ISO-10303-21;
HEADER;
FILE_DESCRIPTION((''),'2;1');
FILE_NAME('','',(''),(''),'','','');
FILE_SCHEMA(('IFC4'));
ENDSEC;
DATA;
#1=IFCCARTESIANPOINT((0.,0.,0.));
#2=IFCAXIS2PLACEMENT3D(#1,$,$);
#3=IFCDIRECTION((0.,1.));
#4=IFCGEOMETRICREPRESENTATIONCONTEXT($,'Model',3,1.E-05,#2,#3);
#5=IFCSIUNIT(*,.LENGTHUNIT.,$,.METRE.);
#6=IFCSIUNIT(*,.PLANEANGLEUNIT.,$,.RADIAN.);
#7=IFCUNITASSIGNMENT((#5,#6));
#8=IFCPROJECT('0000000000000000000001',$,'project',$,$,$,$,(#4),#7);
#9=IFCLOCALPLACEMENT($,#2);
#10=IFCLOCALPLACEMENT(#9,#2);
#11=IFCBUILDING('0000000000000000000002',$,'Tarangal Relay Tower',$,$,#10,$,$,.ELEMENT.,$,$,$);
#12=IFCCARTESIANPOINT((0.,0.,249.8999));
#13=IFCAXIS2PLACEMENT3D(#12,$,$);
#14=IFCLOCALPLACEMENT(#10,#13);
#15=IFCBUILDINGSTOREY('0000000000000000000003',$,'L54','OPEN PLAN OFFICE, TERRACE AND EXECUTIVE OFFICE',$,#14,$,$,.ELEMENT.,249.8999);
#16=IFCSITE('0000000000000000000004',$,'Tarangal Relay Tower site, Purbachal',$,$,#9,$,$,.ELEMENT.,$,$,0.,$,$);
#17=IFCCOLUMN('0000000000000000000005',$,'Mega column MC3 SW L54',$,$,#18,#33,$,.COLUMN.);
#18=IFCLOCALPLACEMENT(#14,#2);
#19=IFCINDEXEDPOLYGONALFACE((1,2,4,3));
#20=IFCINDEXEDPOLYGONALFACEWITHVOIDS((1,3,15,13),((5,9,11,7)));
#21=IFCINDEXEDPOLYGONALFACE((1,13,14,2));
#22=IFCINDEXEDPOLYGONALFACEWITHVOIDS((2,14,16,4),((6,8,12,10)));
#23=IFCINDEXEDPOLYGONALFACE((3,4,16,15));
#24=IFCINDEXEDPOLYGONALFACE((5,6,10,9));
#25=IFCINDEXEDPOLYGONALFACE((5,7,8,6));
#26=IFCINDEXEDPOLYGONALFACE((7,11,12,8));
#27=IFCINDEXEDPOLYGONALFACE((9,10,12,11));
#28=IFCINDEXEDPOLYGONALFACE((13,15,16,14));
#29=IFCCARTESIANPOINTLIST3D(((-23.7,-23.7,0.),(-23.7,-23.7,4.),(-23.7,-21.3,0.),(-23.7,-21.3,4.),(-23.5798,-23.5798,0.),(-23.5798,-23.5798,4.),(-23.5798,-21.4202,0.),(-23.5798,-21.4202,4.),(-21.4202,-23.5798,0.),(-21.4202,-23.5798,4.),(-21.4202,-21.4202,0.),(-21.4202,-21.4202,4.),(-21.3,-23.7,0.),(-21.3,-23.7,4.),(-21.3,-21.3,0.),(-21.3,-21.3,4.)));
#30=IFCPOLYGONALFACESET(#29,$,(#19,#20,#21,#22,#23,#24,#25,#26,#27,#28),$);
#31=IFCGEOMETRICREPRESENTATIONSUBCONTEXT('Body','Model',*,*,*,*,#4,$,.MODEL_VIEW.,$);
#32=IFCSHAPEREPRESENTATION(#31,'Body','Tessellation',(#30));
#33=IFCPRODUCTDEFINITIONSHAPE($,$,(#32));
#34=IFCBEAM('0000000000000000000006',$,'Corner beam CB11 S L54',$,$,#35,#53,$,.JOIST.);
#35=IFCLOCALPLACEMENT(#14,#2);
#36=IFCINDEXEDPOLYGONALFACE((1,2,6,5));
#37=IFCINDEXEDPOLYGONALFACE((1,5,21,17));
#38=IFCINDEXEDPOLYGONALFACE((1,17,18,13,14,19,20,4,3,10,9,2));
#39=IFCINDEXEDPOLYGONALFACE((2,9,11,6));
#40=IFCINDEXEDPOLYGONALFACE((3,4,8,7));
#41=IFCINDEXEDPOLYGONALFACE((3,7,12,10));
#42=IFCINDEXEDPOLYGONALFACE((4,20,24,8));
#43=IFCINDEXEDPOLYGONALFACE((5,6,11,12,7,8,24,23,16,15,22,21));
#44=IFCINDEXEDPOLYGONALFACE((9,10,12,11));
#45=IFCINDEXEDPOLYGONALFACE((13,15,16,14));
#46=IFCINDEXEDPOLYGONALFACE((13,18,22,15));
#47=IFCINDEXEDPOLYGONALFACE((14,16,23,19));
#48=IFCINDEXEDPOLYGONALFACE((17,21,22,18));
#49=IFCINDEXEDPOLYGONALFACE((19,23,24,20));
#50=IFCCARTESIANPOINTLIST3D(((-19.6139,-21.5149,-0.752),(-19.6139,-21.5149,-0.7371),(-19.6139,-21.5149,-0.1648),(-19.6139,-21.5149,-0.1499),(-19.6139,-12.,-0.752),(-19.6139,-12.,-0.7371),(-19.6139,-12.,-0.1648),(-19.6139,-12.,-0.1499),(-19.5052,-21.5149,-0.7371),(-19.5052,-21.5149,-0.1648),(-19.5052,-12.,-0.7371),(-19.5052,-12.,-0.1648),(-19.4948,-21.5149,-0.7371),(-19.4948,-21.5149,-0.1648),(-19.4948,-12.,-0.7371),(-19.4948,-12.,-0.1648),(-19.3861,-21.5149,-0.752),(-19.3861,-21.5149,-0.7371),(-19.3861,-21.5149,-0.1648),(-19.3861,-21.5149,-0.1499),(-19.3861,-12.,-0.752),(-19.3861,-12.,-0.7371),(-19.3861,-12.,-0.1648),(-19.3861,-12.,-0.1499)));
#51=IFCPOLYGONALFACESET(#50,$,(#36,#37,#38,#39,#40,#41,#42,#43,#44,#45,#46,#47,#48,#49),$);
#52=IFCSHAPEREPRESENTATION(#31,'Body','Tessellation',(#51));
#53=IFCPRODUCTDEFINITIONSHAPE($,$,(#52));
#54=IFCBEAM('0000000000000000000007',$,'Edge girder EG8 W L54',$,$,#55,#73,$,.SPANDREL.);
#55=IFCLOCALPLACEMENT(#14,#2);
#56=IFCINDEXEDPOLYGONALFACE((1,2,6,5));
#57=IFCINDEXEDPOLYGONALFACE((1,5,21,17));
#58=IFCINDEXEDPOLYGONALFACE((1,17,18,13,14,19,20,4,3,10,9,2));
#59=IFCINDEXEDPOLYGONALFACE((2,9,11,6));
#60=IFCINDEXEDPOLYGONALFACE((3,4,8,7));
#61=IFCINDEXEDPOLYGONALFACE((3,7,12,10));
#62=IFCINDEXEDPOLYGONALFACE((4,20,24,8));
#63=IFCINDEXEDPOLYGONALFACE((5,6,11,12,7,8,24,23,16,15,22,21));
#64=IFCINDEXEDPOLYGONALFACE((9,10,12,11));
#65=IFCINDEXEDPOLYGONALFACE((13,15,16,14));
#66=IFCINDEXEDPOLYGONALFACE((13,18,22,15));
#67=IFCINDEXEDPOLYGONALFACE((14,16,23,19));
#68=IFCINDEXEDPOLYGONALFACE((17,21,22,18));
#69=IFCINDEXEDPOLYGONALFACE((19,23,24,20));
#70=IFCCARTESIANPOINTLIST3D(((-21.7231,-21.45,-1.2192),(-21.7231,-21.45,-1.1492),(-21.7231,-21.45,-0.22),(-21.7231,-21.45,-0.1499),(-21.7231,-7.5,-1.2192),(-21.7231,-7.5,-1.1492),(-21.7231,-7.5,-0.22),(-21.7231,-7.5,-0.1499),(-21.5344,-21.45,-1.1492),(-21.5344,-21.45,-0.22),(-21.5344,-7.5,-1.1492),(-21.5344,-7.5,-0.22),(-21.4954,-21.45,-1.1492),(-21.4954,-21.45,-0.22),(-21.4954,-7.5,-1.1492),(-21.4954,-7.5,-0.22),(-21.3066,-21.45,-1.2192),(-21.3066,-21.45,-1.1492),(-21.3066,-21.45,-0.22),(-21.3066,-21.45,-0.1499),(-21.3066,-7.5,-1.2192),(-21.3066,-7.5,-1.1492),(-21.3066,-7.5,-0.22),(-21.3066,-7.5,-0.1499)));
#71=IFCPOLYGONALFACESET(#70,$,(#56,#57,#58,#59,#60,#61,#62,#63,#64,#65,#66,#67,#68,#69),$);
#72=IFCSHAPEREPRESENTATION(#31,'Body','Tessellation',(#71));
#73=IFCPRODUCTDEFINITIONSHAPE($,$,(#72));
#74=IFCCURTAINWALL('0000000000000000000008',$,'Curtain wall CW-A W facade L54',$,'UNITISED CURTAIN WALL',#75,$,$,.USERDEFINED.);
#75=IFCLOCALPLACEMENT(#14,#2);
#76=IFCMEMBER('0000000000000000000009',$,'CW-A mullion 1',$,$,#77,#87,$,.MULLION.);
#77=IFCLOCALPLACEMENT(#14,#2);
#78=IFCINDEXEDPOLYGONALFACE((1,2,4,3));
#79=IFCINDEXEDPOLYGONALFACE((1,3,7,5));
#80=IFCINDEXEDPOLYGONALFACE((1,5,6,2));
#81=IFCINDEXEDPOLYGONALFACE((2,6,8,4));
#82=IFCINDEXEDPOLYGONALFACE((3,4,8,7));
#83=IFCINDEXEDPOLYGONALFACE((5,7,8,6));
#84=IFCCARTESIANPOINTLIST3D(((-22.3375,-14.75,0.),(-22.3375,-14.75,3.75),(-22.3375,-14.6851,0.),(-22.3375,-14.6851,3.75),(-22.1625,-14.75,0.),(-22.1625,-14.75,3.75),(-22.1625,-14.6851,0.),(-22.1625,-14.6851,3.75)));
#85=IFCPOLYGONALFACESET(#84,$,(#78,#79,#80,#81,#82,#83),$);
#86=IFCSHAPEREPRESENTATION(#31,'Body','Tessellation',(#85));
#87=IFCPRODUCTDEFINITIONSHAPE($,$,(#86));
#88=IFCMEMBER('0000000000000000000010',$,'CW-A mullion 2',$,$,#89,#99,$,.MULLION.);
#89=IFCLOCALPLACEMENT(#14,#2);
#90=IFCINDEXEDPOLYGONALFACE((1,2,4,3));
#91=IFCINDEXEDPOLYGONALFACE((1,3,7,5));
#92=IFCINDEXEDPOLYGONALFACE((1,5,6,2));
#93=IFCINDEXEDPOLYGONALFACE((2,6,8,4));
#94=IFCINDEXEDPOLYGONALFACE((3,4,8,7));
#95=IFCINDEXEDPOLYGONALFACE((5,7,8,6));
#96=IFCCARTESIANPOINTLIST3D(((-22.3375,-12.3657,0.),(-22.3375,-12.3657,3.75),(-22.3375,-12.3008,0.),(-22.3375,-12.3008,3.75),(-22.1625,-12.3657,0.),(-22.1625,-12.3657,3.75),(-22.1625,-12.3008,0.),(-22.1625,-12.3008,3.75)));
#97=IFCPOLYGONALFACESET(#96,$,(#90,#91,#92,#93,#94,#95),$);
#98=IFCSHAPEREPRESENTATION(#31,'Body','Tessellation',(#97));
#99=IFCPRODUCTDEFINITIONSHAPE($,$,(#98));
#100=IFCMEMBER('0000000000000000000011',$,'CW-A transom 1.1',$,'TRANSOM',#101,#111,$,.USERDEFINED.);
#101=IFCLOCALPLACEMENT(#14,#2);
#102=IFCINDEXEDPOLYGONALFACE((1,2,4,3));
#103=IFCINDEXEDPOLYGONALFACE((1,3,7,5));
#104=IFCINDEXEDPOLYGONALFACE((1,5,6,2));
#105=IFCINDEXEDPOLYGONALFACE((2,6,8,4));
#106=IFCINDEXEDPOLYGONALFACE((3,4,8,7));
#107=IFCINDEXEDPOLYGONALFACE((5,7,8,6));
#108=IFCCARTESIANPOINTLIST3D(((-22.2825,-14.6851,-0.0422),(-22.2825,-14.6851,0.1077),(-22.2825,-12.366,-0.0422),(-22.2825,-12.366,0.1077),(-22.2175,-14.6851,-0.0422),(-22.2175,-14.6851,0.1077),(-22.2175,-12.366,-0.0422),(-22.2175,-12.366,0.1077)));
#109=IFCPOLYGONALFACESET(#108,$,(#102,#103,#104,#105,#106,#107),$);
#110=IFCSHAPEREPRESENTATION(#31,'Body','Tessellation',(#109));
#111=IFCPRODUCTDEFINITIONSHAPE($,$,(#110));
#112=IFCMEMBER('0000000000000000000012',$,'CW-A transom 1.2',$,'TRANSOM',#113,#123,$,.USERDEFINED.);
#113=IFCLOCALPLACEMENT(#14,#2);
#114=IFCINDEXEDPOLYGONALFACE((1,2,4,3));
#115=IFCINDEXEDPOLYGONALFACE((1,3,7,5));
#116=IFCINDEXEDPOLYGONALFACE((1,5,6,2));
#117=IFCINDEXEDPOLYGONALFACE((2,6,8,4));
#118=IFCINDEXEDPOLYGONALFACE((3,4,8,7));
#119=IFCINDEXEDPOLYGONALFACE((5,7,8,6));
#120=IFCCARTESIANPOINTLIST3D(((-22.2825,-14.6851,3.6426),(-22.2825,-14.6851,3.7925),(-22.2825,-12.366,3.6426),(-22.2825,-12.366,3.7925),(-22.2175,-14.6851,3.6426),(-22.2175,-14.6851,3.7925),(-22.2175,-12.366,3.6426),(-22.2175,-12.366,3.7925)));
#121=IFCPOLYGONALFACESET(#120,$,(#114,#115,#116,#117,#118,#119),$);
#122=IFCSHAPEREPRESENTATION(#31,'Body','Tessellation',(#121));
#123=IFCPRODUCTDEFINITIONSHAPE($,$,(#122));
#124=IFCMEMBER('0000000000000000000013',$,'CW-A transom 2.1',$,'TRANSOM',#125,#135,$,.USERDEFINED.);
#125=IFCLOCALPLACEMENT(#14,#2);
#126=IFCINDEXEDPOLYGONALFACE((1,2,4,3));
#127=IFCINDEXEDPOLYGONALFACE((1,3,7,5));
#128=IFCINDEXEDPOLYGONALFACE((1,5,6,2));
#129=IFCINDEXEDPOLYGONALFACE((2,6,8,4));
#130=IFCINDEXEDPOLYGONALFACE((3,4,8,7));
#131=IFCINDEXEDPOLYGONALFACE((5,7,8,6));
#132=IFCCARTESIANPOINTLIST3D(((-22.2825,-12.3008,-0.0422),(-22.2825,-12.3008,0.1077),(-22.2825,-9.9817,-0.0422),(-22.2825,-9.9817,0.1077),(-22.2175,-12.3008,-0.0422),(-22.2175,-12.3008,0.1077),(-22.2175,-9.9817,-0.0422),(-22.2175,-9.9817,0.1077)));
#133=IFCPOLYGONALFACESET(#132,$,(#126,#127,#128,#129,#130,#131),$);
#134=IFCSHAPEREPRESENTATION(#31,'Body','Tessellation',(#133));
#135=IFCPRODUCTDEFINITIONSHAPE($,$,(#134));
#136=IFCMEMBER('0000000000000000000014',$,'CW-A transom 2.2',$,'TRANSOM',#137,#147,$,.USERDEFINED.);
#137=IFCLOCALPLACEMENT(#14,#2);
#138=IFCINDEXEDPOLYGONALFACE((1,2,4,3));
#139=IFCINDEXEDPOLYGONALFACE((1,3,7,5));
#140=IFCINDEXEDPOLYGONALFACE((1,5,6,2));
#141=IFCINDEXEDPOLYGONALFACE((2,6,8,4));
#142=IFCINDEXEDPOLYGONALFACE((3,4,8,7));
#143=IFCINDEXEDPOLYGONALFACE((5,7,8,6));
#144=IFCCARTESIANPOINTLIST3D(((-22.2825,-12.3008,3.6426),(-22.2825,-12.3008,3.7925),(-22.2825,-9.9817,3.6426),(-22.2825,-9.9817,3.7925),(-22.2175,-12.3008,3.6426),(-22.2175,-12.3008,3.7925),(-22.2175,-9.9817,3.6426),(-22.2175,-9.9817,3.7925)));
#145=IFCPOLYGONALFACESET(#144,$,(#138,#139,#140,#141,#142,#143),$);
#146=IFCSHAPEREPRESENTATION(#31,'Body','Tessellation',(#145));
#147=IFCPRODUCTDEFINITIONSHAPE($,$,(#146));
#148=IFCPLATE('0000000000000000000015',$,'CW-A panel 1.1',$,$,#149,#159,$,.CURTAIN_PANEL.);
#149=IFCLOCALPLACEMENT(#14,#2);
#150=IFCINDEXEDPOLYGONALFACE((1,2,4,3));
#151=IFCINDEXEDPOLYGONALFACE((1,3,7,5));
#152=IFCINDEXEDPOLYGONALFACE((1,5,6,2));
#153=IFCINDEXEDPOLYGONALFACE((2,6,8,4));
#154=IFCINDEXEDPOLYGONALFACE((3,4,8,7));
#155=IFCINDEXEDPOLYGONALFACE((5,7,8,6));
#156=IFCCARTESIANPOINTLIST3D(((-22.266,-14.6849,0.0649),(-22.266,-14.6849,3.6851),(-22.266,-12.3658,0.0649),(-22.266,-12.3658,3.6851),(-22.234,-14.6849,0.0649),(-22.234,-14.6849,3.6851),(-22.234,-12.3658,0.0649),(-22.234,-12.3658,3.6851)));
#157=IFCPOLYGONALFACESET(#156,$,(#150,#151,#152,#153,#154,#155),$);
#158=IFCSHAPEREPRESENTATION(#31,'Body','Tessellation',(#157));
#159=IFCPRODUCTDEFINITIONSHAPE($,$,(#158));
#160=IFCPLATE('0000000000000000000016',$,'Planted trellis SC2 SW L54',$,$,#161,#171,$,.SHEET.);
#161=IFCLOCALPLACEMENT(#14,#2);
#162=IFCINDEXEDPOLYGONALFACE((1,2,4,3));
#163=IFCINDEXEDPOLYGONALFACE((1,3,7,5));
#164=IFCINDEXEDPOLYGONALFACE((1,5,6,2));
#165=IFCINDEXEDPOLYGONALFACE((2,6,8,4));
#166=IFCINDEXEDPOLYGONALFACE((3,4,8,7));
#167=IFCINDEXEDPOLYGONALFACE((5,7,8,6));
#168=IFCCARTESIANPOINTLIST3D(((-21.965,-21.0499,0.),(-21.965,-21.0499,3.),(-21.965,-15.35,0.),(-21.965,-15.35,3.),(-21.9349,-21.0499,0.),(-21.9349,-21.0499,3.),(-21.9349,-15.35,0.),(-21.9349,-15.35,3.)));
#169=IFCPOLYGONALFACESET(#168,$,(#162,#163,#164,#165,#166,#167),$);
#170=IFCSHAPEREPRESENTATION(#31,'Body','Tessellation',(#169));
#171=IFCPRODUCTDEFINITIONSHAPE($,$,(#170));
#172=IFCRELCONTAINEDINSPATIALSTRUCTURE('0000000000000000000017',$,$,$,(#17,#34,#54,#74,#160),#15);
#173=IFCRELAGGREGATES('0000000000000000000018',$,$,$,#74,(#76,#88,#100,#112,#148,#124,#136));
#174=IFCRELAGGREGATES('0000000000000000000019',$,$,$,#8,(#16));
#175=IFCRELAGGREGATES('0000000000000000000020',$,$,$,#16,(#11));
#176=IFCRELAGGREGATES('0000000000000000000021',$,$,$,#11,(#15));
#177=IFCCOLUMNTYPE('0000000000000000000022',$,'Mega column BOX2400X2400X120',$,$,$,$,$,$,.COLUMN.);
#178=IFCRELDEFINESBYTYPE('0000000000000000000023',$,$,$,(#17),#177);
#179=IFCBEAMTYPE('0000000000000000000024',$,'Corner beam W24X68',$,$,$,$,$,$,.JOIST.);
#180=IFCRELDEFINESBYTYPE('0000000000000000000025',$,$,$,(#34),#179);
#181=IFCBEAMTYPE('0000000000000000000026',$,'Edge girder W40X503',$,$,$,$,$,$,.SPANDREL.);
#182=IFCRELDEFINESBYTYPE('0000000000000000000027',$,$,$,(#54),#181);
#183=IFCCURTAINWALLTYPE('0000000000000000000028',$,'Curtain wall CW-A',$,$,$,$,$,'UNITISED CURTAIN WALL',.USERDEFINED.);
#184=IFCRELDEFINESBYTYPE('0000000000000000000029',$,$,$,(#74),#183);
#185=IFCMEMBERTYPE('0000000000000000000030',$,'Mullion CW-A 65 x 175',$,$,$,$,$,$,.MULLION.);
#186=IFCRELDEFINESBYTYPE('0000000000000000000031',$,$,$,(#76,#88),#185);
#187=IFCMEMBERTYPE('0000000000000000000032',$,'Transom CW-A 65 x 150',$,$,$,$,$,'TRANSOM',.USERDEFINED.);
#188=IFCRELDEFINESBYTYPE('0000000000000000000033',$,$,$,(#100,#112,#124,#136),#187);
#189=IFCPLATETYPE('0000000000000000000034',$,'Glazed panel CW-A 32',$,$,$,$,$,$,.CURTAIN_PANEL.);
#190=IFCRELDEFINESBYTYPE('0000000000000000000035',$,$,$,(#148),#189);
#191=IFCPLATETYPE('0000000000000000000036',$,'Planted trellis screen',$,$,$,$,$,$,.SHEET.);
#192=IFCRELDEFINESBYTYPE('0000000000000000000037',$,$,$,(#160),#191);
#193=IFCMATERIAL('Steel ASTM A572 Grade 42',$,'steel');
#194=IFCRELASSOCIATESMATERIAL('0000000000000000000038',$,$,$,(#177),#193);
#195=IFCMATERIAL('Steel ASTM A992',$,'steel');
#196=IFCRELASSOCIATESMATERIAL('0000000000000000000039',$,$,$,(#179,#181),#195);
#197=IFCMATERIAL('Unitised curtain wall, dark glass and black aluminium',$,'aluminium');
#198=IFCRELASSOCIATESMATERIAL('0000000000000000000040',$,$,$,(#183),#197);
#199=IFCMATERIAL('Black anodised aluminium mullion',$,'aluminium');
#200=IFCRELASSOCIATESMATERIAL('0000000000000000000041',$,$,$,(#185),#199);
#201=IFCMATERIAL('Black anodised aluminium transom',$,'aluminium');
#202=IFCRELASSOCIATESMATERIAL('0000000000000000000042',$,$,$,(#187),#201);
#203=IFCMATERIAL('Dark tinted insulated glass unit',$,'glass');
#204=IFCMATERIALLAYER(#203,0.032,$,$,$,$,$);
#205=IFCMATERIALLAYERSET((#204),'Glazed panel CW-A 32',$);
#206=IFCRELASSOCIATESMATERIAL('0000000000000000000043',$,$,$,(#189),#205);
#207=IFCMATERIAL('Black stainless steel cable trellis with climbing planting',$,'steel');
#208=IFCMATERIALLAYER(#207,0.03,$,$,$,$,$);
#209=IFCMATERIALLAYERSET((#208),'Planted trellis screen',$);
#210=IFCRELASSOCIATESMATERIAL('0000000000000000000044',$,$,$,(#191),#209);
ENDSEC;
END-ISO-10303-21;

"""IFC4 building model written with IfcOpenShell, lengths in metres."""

from ifc_helpers import new_model, si_unit, direction, frame, origin, origin_2d, place, context, subcontext, project, spatial, rectangle, hollow_rectangle, i_section, extrude, material, layer, layer_set, material_profile, profile_set, type_object, element, aggregate, save


model = new_model("IFC4")

# Units and contexts
model_context = context("Model", 3, precision=1e-05, world=origin(), true_north=direction((0.0, 1.0)))
body_context = subcontext(model_context, "Body", "Model", "MODEL_VIEW")
ifc_project = project(units=[si_unit("LENGTHUNIT", "METRE"), si_unit("PLANEANGLEUNIT", "RADIAN")], contexts=[model_context])

# Site, building, storey
site_placement = place(None, origin())
site = spatial("IfcSite", under=ifc_project, at=site_placement, Name="Tarangal Relay Tower site, Purbachal", CompositionType="ELEMENT", RefElevation=0.0)
building_placement = place(site_placement, origin())
building = spatial("IfcBuilding", under=site, at=building_placement, Name="Tarangal Relay Tower", CompositionType="ELEMENT")
storey_placement = place(building_placement, frame((0.0, 0.0, 249.8999)))
storey = spatial("IfcBuildingStorey", under=building, at=storey_placement, Name="L54", Description="OPEN PLAN OFFICE, TERRACE AND EXECUTIVE OFFICE", CompositionType="ELEMENT", Elevation=249.8999)

# Column
ifc_material_1 = material(Name="Steel ASTM A572 Grade 42", Category="steel")
ifc_material_profile_1 = material_profile(ifc_material_1, hollow_rectangle(XDim=2.3999, YDim=2.3999, WallThickness=0.1201, at=origin_2d()), Name="BOX2400X2400X120")
ifc_profile_set_1 = profile_set([ifc_material_profile_1], Name="Steel ASTM A572 Grade 42")
column_type = type_object("IfcColumnType", Name="Mega column BOX2400X2400X120", PredefinedType="COLUMN", material=ifc_profile_set_1)
column_placement = place(storey_placement, frame((-22.5, -22.5, 0.0), z_axis=(0.0, 0.0, 1.0), x_axis=(1.0, 0.0, 0.0)))
element("IfcColumn", 1, at=column_placement, inside=storey, type_object=column_type, Name="Mega column MC3 SW L54", PredefinedType="COLUMN", context=body_context, shape_type="SweptSolid", body=[
    extrude(hollow_rectangle(XDim=2.3999, YDim=2.3999, WallThickness=0.1201, at=origin_2d()), origin(), (0.0, 0.0, 1.0), 4.0),
])

# Beams
ifc_material_2 = material(Name="Steel ASTM A992", Category="steel")
ifc_material_profile_2 = material_profile(ifc_material_2, i_section(OverallWidth=0.2278, OverallDepth=0.6021, WebThickness=0.0105, FlangeThickness=0.0149, at=origin_2d()), Name="W24X68")
ifc_profile_set_2 = profile_set([ifc_material_profile_2], Name="Steel ASTM A992")
beam_type_1 = type_object("IfcBeamType", Name="Corner beam W24X68", PredefinedType="JOIST", material=ifc_profile_set_2)
beam_1_placement = place(storey_placement, frame((-19.5, -12.0, -0.4509), z_axis=(0.0, -1.0, 0.0), x_axis=(1.0, 0.0, 0.0)))
element("IfcBeam", 2, at=beam_1_placement, inside=storey, type_object=beam_type_1, Name="Corner beam CB11 S L54", PredefinedType="JOIST", context=body_context, shape_type="SweptSolid", body=[
    extrude(i_section(OverallWidth=0.2278, OverallDepth=0.6021, WebThickness=0.0105, FlangeThickness=0.0149, at=origin_2d()), origin(), (0.0, 0.0, 1.0), 9.5149),
])
ifc_material_profile_3 = material_profile(ifc_material_2, i_section(OverallWidth=0.4165, OverallDepth=1.0693, WebThickness=0.0391, FlangeThickness=0.0701, at=origin_2d()), Name="W40X503")
ifc_profile_set_3 = profile_set([ifc_material_profile_3], Name="Steel ASTM A992")
beam_type_2 = type_object("IfcBeamType", Name="Edge girder W40X503", PredefinedType="SPANDREL", material=ifc_profile_set_3)
beam_2_placement = place(storey_placement, frame((-21.5149, -21.45, -0.6846), z_axis=(0.0, 1.0, 0.0), x_axis=(-1.0, 0.0, 0.0)))
element("IfcBeam", 3, at=beam_2_placement, inside=storey, type_object=beam_type_2, Name="Edge girder EG8 W L54", PredefinedType="SPANDREL", context=body_context, shape_type="SweptSolid", body=[
    extrude(i_section(OverallWidth=0.4165, OverallDepth=1.0693, WebThickness=0.0391, FlangeThickness=0.0701, at=origin_2d()), origin(), (0.0, 0.0, 1.0), 13.95),
])

# Curtain wall, members, plate
ifc_material_3 = material(Name="Unitised curtain wall, dark glass and black aluminium", Category="aluminium")
curtain_wall_type = type_object("IfcCurtainWallType", Name="Curtain wall CW-A", ElementType="UNITISED CURTAIN WALL", PredefinedType="USERDEFINED", material=ifc_material_3)
curtain_wall_placement = place(storey_placement, origin())
curtain_wall = element("IfcCurtainWall", 4, at=curtain_wall_placement, inside=storey, type_object=curtain_wall_type, Name="Curtain wall CW-A W facade L54", ObjectType="UNITISED CURTAIN WALL", PredefinedType="USERDEFINED")
ifc_material_4 = material(Name="Black anodised aluminium mullion", Category="aluminium")
ifc_material_profile_4 = material_profile(ifc_material_4, rectangle(XDim=0.175, YDim=0.0649, at=origin_2d()), Name="CW-AM 65X175")
ifc_profile_set_4 = profile_set([ifc_material_profile_4], Name="Black anodised aluminium mullion")
member_type_1 = type_object("IfcMemberType", Name="Mullion CW-A 65 x 175", PredefinedType="MULLION", material=ifc_profile_set_4)
member_1_placement = place(storey_placement, frame((-22.25, -14.7175, 0.0), z_axis=(0.0, 0.0, 1.0), x_axis=(-1.0, 0.0, 0.0)))
member_1 = element("IfcMember", 5, at=member_1_placement, type_object=member_type_1, Name="CW-A mullion 1", PredefinedType="MULLION", context=body_context, shape_type="SweptSolid", body=[
    extrude(rectangle(XDim=0.175, YDim=0.0649, at=origin_2d()), origin(), (0.0, 0.0, 1.0), 3.75),
])
member_2_placement = place(storey_placement, frame((-22.25, -12.3333, 0.0), z_axis=(0.0, 0.0, 1.0), x_axis=(-1.0, 0.0, 0.0)))
member_2 = element("IfcMember", 6, at=member_2_placement, type_object=member_type_1, Name="CW-A mullion 2", PredefinedType="MULLION", context=body_context, shape_type="SweptSolid", body=[
    extrude(rectangle(XDim=0.175, YDim=0.0649, at=origin_2d()), origin(), (0.0, 0.0, 1.0), 3.75),
])
ifc_material_5 = material(Name="Black anodised aluminium transom", Category="aluminium")
ifc_material_profile_5 = material_profile(ifc_material_5, rectangle(XDim=0.0649, YDim=0.1499, at=origin_2d()), Name="CW-AT 65X150")
ifc_profile_set_5 = profile_set([ifc_material_profile_5], Name="Black anodised aluminium transom")
member_type_2 = type_object("IfcMemberType", Name="Transom CW-A 65 x 150", ElementType="TRANSOM", PredefinedType="USERDEFINED", material=ifc_profile_set_5)
member_3_placement = place(storey_placement, frame((-22.25, -14.6851, 0.0327), z_axis=(0.0, 1.0, 0.0), x_axis=(-1.0, 0.0, 0.0)))
member_3 = element("IfcMember", 7, at=member_3_placement, type_object=member_type_2, Name="CW-A transom 1.1", ObjectType="TRANSOM", PredefinedType="USERDEFINED", context=body_context, shape_type="SweptSolid", body=[
    extrude(rectangle(XDim=0.0649, YDim=0.1499, at=origin_2d()), origin(), (0.0, 0.0, 1.0), 2.3191),
])
member_4_placement = place(storey_placement, frame((-22.25, -14.6851, 3.7175), z_axis=(0.0, 1.0, 0.0), x_axis=(-1.0, 0.0, 0.0)))
member_4 = element("IfcMember", 8, at=member_4_placement, type_object=member_type_2, Name="CW-A transom 1.2", ObjectType="TRANSOM", PredefinedType="USERDEFINED", context=body_context, shape_type="SweptSolid", body=[
    extrude(rectangle(XDim=0.0649, YDim=0.1499, at=origin_2d()), origin(), (0.0, 0.0, 1.0), 2.3191),
])
member_5_placement = place(storey_placement, frame((-22.25, -12.3008, 0.0327), z_axis=(0.0, 1.0, 0.0), x_axis=(-1.0, 0.0, 0.0)))
member_5 = element("IfcMember", 9, at=member_5_placement, type_object=member_type_2, Name="CW-A transom 2.1", ObjectType="TRANSOM", PredefinedType="USERDEFINED", context=body_context, shape_type="SweptSolid", body=[
    extrude(rectangle(XDim=0.0649, YDim=0.1499, at=origin_2d()), origin(), (0.0, 0.0, 1.0), 2.3191),
])
member_6_placement = place(storey_placement, frame((-22.25, -12.3008, 3.7175), z_axis=(0.0, 1.0, 0.0), x_axis=(-1.0, 0.0, 0.0)))
member_6 = element("IfcMember", 10, at=member_6_placement, type_object=member_type_2, Name="CW-A transom 2.2", ObjectType="TRANSOM", PredefinedType="USERDEFINED", context=body_context, shape_type="SweptSolid", body=[
    extrude(rectangle(XDim=0.0649, YDim=0.1499, at=origin_2d()), origin(), (0.0, 0.0, 1.0), 2.3191),
])
ifc_material_6 = material(Name="Dark tinted insulated glass unit", Category="glass")
ifc_layer_1 = layer(ifc_material_6, 0.032)
ifc_layer_set_1 = layer_set([ifc_layer_1], Name="Glazed panel CW-A 32")
plate_type_1 = type_object("IfcPlateType", Name="Glazed panel CW-A 32", PredefinedType="CURTAIN_PANEL", material=ifc_layer_set_1)
plate_1_placement = place(storey_placement, frame((-22.25, -13.5254, 0.0649), z_axis=(0.0, 0.0, 1.0), x_axis=(0.0, 1.0, 0.0)))
plate_1 = element("IfcPlate", 11, at=plate_1_placement, type_object=plate_type_1, Name="CW-A panel 1.1", PredefinedType="CURTAIN_PANEL", context=body_context, shape_type="SweptSolid", body=[
    extrude(rectangle(XDim=2.3191, YDim=0.032, at=origin_2d()), origin(), (0.0, 0.0, 1.0), 3.6201),
])
aggregate(curtain_wall, [member_1, member_2, member_3, member_4, plate_1, member_5, member_6])

# Plate
ifc_material_7 = material(Name="Black stainless steel cable trellis with climbing planting", Category="steel")
ifc_layer_2 = layer(ifc_material_7, 0.03)
ifc_layer_set_2 = layer_set([ifc_layer_2], Name="Planted trellis screen")
plate_type_2 = type_object("IfcPlateType", Name="Planted trellis screen", PredefinedType="SHEET", material=ifc_layer_set_2)
plate_2_placement = place(storey_placement, frame((-21.95, -18.2, 0.0), z_axis=(0.0, 0.0, 1.0), x_axis=(0.0, 1.0, 0.0)))
element("IfcPlate", 12, at=plate_2_placement, inside=storey, type_object=plate_type_2, Name="Planted trellis SC2 SW L54", PredefinedType="SHEET", context=body_context, shape_type="SweptSolid", body=[
    extrude(rectangle(XDim=5.7, YDim=0.03, at=origin_2d()), origin(), (0.0, 0.0, 1.0), 3.0),
])

save(model, "model.ifc")
